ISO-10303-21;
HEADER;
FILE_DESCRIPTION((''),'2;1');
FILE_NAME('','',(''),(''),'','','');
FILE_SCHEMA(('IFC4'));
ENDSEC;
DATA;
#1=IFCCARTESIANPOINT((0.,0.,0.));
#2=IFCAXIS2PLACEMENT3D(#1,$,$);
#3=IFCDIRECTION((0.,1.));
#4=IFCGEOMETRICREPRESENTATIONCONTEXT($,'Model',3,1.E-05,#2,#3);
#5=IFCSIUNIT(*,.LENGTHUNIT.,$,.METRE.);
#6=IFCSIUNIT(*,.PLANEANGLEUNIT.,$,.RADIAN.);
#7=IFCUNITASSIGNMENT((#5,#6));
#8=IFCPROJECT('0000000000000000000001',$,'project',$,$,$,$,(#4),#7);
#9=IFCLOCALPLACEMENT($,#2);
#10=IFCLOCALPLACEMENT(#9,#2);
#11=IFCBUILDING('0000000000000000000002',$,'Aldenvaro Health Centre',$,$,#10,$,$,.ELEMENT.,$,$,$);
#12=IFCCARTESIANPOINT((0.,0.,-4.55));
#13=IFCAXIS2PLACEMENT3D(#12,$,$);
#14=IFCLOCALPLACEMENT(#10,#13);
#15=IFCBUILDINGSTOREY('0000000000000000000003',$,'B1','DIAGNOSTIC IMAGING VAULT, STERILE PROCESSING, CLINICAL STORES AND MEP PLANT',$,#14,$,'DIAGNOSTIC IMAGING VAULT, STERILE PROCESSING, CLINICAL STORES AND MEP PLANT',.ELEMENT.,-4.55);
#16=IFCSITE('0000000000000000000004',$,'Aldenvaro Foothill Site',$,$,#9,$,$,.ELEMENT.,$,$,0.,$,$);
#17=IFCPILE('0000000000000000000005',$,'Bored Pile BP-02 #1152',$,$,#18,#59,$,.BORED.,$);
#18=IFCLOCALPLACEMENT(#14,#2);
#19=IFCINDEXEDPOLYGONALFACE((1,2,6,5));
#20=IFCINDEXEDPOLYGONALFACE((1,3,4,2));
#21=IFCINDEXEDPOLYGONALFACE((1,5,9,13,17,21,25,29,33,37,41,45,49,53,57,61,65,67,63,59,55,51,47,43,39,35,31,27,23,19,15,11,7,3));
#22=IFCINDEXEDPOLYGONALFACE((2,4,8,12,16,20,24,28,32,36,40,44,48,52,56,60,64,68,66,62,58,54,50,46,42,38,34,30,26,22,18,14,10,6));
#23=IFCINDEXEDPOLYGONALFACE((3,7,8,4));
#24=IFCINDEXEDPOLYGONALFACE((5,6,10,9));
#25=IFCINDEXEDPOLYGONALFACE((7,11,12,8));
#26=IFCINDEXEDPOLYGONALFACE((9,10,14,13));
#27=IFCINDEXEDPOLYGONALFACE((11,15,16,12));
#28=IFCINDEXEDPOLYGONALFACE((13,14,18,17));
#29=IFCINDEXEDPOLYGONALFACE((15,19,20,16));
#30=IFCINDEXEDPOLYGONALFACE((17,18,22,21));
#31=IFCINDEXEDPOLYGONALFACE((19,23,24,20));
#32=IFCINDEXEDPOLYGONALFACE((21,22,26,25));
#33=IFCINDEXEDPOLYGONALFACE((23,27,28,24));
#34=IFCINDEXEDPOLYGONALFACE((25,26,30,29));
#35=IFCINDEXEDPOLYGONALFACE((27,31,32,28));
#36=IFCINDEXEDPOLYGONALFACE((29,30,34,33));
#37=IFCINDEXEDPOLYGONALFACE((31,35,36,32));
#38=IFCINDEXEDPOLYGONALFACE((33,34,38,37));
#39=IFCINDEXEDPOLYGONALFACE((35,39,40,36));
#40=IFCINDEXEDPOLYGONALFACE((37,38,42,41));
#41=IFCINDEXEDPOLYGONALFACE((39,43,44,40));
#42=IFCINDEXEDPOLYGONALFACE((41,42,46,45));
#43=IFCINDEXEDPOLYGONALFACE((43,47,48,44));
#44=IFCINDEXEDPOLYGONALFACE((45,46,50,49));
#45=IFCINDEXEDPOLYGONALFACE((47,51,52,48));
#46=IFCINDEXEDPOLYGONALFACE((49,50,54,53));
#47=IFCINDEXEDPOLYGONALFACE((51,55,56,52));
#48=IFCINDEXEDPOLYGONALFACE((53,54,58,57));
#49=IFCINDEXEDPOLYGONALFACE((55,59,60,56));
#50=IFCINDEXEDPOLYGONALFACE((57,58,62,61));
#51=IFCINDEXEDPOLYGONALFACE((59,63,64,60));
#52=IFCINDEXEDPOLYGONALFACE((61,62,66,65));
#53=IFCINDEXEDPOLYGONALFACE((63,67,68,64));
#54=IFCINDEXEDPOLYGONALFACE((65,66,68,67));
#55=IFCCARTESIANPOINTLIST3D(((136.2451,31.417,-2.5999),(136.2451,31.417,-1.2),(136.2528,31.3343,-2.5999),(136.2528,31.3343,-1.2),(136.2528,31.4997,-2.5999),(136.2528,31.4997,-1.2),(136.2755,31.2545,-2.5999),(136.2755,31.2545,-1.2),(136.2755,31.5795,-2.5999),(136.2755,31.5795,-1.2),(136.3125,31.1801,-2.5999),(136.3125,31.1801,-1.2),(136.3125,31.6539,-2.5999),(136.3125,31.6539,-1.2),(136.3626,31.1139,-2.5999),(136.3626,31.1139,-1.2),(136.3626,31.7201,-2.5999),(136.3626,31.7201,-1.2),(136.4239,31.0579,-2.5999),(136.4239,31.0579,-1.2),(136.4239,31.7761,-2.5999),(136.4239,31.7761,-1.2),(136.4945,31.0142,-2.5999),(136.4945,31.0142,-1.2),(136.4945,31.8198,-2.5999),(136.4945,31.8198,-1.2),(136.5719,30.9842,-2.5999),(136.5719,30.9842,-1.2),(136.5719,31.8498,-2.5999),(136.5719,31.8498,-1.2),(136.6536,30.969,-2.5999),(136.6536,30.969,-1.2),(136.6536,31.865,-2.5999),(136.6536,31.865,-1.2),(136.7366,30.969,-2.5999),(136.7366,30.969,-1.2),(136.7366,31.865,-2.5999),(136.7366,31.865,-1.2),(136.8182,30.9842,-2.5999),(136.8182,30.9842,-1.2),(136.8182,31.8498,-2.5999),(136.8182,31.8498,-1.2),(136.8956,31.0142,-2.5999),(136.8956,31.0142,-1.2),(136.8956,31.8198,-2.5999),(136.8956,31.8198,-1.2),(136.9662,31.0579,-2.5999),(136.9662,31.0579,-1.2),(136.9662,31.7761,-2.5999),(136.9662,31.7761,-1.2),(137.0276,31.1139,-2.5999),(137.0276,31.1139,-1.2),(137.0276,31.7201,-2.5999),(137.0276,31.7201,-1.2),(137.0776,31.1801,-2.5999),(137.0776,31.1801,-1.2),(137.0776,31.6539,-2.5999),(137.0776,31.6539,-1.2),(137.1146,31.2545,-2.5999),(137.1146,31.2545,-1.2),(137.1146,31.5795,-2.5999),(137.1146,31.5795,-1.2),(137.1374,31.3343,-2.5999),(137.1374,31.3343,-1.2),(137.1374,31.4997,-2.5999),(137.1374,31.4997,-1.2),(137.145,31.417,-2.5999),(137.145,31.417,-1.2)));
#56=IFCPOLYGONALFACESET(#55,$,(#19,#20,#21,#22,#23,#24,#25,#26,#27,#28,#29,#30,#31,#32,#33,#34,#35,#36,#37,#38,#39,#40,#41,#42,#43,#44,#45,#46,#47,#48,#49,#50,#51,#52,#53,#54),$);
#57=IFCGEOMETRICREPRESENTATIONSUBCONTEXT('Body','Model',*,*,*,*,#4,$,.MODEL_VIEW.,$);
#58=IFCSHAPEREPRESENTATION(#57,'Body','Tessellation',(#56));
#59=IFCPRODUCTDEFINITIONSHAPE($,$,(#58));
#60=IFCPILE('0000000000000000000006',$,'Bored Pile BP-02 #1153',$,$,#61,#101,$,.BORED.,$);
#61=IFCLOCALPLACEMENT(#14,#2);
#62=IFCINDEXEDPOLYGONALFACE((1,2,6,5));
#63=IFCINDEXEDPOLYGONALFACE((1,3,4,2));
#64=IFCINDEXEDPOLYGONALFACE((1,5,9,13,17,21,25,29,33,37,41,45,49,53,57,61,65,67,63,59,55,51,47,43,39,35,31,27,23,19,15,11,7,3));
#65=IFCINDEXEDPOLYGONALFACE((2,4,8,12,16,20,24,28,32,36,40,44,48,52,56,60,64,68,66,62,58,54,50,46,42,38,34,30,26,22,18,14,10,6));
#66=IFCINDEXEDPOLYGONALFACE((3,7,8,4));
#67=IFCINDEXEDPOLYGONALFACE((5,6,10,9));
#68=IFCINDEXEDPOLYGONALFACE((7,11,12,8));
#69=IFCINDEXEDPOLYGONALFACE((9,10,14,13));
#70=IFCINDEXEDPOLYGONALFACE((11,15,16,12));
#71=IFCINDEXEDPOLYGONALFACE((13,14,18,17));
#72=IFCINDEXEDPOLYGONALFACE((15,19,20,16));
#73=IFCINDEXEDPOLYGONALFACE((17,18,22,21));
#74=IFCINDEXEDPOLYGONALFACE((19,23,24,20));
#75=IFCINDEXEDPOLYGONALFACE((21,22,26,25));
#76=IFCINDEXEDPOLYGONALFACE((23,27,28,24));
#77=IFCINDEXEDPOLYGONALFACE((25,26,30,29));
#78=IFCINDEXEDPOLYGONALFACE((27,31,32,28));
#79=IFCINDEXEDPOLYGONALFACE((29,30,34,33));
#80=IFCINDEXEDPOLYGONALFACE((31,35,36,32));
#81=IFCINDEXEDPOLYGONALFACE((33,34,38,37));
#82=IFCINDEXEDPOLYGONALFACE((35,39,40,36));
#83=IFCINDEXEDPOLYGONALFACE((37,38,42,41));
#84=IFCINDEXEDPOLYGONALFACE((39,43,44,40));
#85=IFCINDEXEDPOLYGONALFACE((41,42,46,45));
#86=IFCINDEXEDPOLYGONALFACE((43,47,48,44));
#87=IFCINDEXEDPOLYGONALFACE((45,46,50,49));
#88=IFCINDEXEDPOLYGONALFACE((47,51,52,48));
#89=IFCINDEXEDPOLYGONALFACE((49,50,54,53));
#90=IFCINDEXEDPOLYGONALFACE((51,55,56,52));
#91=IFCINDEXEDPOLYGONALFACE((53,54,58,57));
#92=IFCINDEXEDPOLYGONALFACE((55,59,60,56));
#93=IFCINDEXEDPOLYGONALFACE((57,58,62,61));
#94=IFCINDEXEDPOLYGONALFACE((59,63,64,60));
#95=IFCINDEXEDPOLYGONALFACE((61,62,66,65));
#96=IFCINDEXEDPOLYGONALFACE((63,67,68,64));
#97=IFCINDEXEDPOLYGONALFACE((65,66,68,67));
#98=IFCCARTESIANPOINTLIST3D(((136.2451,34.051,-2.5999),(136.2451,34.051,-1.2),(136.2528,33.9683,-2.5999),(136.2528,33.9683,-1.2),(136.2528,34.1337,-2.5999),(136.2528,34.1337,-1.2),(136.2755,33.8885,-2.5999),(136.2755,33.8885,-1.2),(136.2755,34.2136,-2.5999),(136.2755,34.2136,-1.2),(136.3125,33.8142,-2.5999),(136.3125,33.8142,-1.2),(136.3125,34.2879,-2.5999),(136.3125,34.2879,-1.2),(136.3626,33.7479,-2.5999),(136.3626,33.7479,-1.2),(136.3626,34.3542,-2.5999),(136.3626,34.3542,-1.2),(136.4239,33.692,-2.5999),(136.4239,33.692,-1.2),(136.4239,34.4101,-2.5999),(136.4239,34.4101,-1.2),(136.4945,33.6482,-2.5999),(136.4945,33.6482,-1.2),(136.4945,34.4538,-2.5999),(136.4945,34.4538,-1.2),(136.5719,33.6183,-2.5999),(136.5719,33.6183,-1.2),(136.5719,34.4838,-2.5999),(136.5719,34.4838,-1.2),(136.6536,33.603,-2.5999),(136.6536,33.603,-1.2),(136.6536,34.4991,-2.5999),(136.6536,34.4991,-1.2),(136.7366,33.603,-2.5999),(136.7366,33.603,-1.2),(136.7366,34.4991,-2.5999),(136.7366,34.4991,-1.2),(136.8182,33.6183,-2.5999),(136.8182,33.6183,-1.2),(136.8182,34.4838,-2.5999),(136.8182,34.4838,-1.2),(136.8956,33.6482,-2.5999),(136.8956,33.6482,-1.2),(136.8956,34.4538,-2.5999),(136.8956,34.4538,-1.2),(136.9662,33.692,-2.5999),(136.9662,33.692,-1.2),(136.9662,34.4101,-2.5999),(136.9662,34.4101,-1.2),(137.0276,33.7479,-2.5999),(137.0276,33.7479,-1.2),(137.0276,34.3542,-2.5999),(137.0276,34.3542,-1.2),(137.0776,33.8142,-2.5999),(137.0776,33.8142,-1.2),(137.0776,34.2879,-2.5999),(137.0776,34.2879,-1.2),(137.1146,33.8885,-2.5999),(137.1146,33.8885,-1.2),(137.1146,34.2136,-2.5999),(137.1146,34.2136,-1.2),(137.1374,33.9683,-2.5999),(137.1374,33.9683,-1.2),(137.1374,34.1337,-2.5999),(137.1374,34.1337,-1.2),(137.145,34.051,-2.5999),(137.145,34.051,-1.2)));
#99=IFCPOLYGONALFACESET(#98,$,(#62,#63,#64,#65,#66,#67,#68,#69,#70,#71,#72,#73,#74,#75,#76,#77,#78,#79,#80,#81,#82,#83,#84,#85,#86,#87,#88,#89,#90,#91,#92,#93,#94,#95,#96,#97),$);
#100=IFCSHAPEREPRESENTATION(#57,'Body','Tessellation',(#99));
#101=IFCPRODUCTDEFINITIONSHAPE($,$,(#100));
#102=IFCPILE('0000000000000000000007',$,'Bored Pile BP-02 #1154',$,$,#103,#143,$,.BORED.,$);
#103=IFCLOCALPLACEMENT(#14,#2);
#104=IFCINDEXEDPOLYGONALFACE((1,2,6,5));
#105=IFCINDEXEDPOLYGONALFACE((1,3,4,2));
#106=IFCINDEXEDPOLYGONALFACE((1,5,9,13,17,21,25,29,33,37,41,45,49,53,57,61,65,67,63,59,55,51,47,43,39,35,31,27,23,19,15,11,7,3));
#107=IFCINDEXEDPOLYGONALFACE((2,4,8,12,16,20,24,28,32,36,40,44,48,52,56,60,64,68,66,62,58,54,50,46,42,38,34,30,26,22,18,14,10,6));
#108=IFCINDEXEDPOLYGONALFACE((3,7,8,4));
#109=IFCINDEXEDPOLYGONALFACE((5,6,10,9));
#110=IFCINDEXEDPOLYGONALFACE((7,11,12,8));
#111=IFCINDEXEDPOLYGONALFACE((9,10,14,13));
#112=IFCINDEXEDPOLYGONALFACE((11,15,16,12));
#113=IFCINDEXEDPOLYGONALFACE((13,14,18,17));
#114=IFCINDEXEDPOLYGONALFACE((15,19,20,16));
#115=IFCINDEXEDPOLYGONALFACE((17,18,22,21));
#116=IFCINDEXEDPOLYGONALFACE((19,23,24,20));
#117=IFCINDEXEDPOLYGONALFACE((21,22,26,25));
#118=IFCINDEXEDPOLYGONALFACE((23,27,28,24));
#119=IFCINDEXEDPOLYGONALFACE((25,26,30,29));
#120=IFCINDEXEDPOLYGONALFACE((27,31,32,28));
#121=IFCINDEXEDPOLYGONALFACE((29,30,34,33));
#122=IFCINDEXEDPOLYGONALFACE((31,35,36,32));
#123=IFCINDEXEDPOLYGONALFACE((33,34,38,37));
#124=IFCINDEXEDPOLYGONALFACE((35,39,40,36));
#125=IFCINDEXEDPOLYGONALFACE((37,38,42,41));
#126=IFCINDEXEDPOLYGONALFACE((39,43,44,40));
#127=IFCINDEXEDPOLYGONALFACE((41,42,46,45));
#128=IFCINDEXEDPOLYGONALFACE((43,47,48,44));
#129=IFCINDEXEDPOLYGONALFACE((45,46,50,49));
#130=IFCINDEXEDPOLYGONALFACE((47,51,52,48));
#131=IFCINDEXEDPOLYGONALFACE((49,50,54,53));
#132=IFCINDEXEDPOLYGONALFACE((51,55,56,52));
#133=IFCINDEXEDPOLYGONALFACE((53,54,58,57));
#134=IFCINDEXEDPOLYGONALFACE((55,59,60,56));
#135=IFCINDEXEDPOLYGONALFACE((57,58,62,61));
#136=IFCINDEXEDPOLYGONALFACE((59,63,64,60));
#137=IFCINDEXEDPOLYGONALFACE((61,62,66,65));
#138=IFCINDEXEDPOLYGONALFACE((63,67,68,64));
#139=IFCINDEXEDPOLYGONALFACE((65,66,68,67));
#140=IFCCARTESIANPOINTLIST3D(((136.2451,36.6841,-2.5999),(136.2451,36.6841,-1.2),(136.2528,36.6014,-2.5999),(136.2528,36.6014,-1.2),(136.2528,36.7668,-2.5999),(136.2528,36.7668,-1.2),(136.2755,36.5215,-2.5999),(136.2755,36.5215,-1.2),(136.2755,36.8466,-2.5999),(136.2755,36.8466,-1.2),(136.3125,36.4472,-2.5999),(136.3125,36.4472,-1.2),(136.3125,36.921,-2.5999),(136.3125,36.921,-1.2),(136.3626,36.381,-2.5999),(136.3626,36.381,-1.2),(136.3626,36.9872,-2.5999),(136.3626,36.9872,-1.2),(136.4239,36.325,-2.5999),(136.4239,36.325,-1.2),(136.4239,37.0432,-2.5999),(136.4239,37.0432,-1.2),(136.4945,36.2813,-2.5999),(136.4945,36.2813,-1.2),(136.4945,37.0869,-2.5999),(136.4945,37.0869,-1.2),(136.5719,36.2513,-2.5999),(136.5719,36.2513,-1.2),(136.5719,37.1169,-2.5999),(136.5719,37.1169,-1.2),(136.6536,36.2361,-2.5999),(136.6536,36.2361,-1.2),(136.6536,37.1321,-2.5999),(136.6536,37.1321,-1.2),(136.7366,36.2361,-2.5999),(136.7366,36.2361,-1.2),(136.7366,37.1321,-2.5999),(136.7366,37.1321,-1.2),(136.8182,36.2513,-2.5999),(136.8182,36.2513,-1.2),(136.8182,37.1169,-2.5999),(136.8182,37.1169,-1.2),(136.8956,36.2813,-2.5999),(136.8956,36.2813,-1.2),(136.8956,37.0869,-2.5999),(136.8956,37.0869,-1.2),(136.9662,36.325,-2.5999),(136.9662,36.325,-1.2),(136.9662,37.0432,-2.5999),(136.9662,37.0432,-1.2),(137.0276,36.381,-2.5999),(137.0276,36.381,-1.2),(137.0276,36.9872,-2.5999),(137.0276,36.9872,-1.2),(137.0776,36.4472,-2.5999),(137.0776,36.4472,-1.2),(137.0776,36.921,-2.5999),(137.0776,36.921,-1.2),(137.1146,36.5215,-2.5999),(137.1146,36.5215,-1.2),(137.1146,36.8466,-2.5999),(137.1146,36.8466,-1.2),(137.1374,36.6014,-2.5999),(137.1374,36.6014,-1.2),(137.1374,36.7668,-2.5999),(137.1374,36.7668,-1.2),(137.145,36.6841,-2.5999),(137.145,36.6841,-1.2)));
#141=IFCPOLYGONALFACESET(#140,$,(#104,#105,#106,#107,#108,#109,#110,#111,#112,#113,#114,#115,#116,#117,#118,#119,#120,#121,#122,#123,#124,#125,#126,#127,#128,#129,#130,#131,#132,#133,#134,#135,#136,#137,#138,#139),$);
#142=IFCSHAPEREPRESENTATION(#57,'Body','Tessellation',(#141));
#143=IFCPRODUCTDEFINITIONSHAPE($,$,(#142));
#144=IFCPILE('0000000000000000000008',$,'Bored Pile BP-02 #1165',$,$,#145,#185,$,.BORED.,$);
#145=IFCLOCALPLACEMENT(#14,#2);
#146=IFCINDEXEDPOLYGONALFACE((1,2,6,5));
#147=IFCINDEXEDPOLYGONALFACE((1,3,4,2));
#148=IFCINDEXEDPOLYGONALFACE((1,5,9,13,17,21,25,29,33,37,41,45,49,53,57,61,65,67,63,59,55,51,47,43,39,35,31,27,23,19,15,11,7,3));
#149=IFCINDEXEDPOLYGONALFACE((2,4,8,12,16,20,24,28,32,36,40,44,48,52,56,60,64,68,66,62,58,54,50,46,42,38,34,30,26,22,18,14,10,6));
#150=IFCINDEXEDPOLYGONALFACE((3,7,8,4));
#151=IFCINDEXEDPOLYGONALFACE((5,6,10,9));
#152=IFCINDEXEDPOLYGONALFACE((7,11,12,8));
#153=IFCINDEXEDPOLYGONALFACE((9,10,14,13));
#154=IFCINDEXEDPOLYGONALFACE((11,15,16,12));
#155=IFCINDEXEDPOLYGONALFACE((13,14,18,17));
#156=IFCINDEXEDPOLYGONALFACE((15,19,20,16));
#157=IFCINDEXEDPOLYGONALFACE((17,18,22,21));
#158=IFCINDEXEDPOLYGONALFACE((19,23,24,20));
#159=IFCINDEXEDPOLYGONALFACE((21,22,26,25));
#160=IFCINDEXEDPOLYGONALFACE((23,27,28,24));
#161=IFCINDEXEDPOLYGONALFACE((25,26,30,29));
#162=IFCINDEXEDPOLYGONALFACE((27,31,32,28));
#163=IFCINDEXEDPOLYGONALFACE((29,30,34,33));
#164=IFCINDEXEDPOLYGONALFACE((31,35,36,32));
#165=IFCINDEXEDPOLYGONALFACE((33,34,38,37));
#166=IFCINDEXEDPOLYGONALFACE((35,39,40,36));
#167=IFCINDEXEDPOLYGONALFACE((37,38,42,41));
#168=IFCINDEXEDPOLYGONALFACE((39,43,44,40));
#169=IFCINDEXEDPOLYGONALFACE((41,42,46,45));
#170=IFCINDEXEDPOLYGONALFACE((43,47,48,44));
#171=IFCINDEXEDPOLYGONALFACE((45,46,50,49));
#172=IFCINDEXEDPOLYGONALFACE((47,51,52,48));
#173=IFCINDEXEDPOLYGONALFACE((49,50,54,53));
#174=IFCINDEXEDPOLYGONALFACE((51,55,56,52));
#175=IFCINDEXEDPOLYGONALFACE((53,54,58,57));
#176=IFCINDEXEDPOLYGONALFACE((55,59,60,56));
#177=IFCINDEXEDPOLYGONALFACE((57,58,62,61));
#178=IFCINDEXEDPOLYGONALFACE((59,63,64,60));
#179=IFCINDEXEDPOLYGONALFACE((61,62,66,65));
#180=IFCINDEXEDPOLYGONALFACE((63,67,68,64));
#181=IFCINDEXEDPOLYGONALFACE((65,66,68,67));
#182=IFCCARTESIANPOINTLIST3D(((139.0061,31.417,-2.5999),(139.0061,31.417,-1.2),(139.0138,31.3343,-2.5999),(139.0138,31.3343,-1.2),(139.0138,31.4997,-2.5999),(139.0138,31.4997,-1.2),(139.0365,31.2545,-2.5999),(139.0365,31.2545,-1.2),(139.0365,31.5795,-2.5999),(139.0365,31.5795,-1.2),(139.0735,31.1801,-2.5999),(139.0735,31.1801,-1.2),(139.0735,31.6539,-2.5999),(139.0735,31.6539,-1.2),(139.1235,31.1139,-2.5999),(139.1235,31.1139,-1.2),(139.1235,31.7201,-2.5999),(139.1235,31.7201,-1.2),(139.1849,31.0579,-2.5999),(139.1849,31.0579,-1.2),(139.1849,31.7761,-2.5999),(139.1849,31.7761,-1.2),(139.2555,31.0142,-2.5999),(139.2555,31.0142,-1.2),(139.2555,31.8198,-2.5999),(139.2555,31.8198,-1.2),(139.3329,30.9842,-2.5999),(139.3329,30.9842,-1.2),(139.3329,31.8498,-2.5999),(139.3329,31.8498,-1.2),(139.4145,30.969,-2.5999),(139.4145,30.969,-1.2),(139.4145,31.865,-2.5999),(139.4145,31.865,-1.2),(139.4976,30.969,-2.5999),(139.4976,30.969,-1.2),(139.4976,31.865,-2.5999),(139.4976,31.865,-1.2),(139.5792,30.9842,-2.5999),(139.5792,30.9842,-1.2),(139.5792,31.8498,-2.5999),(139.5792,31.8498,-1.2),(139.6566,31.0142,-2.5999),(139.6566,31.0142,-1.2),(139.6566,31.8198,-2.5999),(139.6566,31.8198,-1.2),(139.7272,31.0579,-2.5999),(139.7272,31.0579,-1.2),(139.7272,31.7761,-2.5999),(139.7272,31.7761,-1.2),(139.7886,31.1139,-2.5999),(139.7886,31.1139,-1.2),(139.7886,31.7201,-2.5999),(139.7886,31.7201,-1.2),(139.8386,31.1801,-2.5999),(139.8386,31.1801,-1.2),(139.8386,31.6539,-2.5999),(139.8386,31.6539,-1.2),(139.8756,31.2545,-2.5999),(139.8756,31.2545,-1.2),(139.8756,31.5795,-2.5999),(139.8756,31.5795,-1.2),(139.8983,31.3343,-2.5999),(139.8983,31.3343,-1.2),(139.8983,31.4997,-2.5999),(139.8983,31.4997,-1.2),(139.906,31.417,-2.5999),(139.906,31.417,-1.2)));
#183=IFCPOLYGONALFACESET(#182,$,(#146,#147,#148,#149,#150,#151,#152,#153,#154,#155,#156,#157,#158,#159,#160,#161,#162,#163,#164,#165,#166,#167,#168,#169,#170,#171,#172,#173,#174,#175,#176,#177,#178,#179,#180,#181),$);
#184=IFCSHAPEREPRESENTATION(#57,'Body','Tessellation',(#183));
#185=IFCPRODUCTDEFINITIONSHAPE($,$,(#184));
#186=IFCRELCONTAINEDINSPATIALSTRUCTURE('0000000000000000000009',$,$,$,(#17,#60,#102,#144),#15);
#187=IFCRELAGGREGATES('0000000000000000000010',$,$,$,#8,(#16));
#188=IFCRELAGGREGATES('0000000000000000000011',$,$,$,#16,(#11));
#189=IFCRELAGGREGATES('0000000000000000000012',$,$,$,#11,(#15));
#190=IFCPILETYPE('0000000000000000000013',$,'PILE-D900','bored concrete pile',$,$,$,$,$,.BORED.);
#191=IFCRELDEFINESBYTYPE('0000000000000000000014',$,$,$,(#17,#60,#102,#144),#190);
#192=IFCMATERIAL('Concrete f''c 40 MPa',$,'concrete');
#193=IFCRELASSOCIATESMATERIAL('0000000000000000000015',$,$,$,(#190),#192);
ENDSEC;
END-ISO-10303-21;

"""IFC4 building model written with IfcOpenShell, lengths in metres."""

from ifc_helpers import new_model, si_unit, direction, frame, origin, origin_2d, place, context, subcontext, project, spatial, circle, extrude, material, material_profile, profile_set, type_object, element, save


model = new_model("IFC4")

# Units and contexts
model_context = context("Model", 3, precision=1e-05, world=origin(), true_north=direction((0.0, 1.0)))
body_context = subcontext(model_context, "Body", "Model", "MODEL_VIEW")
ifc_project = project(units=[si_unit("LENGTHUNIT", "METRE"), si_unit("PLANEANGLEUNIT", "RADIAN")], contexts=[model_context])

# Site, building, storey
site_placement = place(None, origin())
site = spatial("IfcSite", under=ifc_project, at=site_placement, Name="Aldenvaro Foothill Site", CompositionType="ELEMENT", RefElevation=0.0)
building_placement = place(site_placement, origin())
building = spatial("IfcBuilding", under=site, at=building_placement, Name="Aldenvaro Health Centre", CompositionType="ELEMENT")
storey_placement = place(building_placement, frame((0.0, 0.0, -4.55)))
storey = spatial("IfcBuildingStorey", under=building, at=storey_placement, Name="B1", Description="DIAGNOSTIC IMAGING VAULT, STERILE PROCESSING, CLINICAL STORES AND MEP PLANT", LongName="DIAGNOSTIC IMAGING VAULT, STERILE PROCESSING, CLINICAL STORES AND MEP PLANT", CompositionType="ELEMENT", Elevation=-4.55)

# Shared definitions
ifc_material_1 = material(Name="Concrete f'c 40 MPa", Category="concrete")

# Piles
ifc_material_profile_1 = material_profile(ifc_material_1, circle(Radius=0.45, at=origin_2d()), Name="PILE D900", Category="concrete")
ifc_profile_set_1 = profile_set([ifc_material_profile_1], Name="Concrete f'c 40 MPa")
pile_type_1 = type_object("IfcPileType", Name="PILE-D900", Description="bored concrete pile", PredefinedType="BORED", material=ifc_profile_set_1)
for number, where, z_axis, x_axis, name in (
    (1, (136.6951, 31.417, -1.2), (0.0, 0.0, -1.0), (1.0, 0.0, 0.0), "Bored Pile BP-02 #1152"),
    (2, (136.6951, 34.051, -1.2), (0.0, 0.0, -1.0), (1.0, 0.0, 0.0), "Bored Pile BP-02 #1153"),
    (3, (136.6951, 36.6841, -1.2), (0.0, 0.0, -1.0), (1.0, 0.0, 0.0), "Bored Pile BP-02 #1154"),
    (4, (139.4561, 31.417, -1.2), (0.0, 0.0, -1.0), (1.0, 0.0, 0.0), "Bored Pile BP-02 #1165"),
):
    element("IfcPile", number, at=place(storey_placement, frame(where, z_axis=z_axis, x_axis=x_axis)), inside=storey, type_object=pile_type_1, Name=name, PredefinedType="BORED", context=body_context, shape_type="SweptSolid", body=[
        extrude(circle(Radius=0.45, at=origin_2d()), origin(), (0.0, 0.0, 1.0), 1.3999),
    ])

save(model, "model.ifc")
